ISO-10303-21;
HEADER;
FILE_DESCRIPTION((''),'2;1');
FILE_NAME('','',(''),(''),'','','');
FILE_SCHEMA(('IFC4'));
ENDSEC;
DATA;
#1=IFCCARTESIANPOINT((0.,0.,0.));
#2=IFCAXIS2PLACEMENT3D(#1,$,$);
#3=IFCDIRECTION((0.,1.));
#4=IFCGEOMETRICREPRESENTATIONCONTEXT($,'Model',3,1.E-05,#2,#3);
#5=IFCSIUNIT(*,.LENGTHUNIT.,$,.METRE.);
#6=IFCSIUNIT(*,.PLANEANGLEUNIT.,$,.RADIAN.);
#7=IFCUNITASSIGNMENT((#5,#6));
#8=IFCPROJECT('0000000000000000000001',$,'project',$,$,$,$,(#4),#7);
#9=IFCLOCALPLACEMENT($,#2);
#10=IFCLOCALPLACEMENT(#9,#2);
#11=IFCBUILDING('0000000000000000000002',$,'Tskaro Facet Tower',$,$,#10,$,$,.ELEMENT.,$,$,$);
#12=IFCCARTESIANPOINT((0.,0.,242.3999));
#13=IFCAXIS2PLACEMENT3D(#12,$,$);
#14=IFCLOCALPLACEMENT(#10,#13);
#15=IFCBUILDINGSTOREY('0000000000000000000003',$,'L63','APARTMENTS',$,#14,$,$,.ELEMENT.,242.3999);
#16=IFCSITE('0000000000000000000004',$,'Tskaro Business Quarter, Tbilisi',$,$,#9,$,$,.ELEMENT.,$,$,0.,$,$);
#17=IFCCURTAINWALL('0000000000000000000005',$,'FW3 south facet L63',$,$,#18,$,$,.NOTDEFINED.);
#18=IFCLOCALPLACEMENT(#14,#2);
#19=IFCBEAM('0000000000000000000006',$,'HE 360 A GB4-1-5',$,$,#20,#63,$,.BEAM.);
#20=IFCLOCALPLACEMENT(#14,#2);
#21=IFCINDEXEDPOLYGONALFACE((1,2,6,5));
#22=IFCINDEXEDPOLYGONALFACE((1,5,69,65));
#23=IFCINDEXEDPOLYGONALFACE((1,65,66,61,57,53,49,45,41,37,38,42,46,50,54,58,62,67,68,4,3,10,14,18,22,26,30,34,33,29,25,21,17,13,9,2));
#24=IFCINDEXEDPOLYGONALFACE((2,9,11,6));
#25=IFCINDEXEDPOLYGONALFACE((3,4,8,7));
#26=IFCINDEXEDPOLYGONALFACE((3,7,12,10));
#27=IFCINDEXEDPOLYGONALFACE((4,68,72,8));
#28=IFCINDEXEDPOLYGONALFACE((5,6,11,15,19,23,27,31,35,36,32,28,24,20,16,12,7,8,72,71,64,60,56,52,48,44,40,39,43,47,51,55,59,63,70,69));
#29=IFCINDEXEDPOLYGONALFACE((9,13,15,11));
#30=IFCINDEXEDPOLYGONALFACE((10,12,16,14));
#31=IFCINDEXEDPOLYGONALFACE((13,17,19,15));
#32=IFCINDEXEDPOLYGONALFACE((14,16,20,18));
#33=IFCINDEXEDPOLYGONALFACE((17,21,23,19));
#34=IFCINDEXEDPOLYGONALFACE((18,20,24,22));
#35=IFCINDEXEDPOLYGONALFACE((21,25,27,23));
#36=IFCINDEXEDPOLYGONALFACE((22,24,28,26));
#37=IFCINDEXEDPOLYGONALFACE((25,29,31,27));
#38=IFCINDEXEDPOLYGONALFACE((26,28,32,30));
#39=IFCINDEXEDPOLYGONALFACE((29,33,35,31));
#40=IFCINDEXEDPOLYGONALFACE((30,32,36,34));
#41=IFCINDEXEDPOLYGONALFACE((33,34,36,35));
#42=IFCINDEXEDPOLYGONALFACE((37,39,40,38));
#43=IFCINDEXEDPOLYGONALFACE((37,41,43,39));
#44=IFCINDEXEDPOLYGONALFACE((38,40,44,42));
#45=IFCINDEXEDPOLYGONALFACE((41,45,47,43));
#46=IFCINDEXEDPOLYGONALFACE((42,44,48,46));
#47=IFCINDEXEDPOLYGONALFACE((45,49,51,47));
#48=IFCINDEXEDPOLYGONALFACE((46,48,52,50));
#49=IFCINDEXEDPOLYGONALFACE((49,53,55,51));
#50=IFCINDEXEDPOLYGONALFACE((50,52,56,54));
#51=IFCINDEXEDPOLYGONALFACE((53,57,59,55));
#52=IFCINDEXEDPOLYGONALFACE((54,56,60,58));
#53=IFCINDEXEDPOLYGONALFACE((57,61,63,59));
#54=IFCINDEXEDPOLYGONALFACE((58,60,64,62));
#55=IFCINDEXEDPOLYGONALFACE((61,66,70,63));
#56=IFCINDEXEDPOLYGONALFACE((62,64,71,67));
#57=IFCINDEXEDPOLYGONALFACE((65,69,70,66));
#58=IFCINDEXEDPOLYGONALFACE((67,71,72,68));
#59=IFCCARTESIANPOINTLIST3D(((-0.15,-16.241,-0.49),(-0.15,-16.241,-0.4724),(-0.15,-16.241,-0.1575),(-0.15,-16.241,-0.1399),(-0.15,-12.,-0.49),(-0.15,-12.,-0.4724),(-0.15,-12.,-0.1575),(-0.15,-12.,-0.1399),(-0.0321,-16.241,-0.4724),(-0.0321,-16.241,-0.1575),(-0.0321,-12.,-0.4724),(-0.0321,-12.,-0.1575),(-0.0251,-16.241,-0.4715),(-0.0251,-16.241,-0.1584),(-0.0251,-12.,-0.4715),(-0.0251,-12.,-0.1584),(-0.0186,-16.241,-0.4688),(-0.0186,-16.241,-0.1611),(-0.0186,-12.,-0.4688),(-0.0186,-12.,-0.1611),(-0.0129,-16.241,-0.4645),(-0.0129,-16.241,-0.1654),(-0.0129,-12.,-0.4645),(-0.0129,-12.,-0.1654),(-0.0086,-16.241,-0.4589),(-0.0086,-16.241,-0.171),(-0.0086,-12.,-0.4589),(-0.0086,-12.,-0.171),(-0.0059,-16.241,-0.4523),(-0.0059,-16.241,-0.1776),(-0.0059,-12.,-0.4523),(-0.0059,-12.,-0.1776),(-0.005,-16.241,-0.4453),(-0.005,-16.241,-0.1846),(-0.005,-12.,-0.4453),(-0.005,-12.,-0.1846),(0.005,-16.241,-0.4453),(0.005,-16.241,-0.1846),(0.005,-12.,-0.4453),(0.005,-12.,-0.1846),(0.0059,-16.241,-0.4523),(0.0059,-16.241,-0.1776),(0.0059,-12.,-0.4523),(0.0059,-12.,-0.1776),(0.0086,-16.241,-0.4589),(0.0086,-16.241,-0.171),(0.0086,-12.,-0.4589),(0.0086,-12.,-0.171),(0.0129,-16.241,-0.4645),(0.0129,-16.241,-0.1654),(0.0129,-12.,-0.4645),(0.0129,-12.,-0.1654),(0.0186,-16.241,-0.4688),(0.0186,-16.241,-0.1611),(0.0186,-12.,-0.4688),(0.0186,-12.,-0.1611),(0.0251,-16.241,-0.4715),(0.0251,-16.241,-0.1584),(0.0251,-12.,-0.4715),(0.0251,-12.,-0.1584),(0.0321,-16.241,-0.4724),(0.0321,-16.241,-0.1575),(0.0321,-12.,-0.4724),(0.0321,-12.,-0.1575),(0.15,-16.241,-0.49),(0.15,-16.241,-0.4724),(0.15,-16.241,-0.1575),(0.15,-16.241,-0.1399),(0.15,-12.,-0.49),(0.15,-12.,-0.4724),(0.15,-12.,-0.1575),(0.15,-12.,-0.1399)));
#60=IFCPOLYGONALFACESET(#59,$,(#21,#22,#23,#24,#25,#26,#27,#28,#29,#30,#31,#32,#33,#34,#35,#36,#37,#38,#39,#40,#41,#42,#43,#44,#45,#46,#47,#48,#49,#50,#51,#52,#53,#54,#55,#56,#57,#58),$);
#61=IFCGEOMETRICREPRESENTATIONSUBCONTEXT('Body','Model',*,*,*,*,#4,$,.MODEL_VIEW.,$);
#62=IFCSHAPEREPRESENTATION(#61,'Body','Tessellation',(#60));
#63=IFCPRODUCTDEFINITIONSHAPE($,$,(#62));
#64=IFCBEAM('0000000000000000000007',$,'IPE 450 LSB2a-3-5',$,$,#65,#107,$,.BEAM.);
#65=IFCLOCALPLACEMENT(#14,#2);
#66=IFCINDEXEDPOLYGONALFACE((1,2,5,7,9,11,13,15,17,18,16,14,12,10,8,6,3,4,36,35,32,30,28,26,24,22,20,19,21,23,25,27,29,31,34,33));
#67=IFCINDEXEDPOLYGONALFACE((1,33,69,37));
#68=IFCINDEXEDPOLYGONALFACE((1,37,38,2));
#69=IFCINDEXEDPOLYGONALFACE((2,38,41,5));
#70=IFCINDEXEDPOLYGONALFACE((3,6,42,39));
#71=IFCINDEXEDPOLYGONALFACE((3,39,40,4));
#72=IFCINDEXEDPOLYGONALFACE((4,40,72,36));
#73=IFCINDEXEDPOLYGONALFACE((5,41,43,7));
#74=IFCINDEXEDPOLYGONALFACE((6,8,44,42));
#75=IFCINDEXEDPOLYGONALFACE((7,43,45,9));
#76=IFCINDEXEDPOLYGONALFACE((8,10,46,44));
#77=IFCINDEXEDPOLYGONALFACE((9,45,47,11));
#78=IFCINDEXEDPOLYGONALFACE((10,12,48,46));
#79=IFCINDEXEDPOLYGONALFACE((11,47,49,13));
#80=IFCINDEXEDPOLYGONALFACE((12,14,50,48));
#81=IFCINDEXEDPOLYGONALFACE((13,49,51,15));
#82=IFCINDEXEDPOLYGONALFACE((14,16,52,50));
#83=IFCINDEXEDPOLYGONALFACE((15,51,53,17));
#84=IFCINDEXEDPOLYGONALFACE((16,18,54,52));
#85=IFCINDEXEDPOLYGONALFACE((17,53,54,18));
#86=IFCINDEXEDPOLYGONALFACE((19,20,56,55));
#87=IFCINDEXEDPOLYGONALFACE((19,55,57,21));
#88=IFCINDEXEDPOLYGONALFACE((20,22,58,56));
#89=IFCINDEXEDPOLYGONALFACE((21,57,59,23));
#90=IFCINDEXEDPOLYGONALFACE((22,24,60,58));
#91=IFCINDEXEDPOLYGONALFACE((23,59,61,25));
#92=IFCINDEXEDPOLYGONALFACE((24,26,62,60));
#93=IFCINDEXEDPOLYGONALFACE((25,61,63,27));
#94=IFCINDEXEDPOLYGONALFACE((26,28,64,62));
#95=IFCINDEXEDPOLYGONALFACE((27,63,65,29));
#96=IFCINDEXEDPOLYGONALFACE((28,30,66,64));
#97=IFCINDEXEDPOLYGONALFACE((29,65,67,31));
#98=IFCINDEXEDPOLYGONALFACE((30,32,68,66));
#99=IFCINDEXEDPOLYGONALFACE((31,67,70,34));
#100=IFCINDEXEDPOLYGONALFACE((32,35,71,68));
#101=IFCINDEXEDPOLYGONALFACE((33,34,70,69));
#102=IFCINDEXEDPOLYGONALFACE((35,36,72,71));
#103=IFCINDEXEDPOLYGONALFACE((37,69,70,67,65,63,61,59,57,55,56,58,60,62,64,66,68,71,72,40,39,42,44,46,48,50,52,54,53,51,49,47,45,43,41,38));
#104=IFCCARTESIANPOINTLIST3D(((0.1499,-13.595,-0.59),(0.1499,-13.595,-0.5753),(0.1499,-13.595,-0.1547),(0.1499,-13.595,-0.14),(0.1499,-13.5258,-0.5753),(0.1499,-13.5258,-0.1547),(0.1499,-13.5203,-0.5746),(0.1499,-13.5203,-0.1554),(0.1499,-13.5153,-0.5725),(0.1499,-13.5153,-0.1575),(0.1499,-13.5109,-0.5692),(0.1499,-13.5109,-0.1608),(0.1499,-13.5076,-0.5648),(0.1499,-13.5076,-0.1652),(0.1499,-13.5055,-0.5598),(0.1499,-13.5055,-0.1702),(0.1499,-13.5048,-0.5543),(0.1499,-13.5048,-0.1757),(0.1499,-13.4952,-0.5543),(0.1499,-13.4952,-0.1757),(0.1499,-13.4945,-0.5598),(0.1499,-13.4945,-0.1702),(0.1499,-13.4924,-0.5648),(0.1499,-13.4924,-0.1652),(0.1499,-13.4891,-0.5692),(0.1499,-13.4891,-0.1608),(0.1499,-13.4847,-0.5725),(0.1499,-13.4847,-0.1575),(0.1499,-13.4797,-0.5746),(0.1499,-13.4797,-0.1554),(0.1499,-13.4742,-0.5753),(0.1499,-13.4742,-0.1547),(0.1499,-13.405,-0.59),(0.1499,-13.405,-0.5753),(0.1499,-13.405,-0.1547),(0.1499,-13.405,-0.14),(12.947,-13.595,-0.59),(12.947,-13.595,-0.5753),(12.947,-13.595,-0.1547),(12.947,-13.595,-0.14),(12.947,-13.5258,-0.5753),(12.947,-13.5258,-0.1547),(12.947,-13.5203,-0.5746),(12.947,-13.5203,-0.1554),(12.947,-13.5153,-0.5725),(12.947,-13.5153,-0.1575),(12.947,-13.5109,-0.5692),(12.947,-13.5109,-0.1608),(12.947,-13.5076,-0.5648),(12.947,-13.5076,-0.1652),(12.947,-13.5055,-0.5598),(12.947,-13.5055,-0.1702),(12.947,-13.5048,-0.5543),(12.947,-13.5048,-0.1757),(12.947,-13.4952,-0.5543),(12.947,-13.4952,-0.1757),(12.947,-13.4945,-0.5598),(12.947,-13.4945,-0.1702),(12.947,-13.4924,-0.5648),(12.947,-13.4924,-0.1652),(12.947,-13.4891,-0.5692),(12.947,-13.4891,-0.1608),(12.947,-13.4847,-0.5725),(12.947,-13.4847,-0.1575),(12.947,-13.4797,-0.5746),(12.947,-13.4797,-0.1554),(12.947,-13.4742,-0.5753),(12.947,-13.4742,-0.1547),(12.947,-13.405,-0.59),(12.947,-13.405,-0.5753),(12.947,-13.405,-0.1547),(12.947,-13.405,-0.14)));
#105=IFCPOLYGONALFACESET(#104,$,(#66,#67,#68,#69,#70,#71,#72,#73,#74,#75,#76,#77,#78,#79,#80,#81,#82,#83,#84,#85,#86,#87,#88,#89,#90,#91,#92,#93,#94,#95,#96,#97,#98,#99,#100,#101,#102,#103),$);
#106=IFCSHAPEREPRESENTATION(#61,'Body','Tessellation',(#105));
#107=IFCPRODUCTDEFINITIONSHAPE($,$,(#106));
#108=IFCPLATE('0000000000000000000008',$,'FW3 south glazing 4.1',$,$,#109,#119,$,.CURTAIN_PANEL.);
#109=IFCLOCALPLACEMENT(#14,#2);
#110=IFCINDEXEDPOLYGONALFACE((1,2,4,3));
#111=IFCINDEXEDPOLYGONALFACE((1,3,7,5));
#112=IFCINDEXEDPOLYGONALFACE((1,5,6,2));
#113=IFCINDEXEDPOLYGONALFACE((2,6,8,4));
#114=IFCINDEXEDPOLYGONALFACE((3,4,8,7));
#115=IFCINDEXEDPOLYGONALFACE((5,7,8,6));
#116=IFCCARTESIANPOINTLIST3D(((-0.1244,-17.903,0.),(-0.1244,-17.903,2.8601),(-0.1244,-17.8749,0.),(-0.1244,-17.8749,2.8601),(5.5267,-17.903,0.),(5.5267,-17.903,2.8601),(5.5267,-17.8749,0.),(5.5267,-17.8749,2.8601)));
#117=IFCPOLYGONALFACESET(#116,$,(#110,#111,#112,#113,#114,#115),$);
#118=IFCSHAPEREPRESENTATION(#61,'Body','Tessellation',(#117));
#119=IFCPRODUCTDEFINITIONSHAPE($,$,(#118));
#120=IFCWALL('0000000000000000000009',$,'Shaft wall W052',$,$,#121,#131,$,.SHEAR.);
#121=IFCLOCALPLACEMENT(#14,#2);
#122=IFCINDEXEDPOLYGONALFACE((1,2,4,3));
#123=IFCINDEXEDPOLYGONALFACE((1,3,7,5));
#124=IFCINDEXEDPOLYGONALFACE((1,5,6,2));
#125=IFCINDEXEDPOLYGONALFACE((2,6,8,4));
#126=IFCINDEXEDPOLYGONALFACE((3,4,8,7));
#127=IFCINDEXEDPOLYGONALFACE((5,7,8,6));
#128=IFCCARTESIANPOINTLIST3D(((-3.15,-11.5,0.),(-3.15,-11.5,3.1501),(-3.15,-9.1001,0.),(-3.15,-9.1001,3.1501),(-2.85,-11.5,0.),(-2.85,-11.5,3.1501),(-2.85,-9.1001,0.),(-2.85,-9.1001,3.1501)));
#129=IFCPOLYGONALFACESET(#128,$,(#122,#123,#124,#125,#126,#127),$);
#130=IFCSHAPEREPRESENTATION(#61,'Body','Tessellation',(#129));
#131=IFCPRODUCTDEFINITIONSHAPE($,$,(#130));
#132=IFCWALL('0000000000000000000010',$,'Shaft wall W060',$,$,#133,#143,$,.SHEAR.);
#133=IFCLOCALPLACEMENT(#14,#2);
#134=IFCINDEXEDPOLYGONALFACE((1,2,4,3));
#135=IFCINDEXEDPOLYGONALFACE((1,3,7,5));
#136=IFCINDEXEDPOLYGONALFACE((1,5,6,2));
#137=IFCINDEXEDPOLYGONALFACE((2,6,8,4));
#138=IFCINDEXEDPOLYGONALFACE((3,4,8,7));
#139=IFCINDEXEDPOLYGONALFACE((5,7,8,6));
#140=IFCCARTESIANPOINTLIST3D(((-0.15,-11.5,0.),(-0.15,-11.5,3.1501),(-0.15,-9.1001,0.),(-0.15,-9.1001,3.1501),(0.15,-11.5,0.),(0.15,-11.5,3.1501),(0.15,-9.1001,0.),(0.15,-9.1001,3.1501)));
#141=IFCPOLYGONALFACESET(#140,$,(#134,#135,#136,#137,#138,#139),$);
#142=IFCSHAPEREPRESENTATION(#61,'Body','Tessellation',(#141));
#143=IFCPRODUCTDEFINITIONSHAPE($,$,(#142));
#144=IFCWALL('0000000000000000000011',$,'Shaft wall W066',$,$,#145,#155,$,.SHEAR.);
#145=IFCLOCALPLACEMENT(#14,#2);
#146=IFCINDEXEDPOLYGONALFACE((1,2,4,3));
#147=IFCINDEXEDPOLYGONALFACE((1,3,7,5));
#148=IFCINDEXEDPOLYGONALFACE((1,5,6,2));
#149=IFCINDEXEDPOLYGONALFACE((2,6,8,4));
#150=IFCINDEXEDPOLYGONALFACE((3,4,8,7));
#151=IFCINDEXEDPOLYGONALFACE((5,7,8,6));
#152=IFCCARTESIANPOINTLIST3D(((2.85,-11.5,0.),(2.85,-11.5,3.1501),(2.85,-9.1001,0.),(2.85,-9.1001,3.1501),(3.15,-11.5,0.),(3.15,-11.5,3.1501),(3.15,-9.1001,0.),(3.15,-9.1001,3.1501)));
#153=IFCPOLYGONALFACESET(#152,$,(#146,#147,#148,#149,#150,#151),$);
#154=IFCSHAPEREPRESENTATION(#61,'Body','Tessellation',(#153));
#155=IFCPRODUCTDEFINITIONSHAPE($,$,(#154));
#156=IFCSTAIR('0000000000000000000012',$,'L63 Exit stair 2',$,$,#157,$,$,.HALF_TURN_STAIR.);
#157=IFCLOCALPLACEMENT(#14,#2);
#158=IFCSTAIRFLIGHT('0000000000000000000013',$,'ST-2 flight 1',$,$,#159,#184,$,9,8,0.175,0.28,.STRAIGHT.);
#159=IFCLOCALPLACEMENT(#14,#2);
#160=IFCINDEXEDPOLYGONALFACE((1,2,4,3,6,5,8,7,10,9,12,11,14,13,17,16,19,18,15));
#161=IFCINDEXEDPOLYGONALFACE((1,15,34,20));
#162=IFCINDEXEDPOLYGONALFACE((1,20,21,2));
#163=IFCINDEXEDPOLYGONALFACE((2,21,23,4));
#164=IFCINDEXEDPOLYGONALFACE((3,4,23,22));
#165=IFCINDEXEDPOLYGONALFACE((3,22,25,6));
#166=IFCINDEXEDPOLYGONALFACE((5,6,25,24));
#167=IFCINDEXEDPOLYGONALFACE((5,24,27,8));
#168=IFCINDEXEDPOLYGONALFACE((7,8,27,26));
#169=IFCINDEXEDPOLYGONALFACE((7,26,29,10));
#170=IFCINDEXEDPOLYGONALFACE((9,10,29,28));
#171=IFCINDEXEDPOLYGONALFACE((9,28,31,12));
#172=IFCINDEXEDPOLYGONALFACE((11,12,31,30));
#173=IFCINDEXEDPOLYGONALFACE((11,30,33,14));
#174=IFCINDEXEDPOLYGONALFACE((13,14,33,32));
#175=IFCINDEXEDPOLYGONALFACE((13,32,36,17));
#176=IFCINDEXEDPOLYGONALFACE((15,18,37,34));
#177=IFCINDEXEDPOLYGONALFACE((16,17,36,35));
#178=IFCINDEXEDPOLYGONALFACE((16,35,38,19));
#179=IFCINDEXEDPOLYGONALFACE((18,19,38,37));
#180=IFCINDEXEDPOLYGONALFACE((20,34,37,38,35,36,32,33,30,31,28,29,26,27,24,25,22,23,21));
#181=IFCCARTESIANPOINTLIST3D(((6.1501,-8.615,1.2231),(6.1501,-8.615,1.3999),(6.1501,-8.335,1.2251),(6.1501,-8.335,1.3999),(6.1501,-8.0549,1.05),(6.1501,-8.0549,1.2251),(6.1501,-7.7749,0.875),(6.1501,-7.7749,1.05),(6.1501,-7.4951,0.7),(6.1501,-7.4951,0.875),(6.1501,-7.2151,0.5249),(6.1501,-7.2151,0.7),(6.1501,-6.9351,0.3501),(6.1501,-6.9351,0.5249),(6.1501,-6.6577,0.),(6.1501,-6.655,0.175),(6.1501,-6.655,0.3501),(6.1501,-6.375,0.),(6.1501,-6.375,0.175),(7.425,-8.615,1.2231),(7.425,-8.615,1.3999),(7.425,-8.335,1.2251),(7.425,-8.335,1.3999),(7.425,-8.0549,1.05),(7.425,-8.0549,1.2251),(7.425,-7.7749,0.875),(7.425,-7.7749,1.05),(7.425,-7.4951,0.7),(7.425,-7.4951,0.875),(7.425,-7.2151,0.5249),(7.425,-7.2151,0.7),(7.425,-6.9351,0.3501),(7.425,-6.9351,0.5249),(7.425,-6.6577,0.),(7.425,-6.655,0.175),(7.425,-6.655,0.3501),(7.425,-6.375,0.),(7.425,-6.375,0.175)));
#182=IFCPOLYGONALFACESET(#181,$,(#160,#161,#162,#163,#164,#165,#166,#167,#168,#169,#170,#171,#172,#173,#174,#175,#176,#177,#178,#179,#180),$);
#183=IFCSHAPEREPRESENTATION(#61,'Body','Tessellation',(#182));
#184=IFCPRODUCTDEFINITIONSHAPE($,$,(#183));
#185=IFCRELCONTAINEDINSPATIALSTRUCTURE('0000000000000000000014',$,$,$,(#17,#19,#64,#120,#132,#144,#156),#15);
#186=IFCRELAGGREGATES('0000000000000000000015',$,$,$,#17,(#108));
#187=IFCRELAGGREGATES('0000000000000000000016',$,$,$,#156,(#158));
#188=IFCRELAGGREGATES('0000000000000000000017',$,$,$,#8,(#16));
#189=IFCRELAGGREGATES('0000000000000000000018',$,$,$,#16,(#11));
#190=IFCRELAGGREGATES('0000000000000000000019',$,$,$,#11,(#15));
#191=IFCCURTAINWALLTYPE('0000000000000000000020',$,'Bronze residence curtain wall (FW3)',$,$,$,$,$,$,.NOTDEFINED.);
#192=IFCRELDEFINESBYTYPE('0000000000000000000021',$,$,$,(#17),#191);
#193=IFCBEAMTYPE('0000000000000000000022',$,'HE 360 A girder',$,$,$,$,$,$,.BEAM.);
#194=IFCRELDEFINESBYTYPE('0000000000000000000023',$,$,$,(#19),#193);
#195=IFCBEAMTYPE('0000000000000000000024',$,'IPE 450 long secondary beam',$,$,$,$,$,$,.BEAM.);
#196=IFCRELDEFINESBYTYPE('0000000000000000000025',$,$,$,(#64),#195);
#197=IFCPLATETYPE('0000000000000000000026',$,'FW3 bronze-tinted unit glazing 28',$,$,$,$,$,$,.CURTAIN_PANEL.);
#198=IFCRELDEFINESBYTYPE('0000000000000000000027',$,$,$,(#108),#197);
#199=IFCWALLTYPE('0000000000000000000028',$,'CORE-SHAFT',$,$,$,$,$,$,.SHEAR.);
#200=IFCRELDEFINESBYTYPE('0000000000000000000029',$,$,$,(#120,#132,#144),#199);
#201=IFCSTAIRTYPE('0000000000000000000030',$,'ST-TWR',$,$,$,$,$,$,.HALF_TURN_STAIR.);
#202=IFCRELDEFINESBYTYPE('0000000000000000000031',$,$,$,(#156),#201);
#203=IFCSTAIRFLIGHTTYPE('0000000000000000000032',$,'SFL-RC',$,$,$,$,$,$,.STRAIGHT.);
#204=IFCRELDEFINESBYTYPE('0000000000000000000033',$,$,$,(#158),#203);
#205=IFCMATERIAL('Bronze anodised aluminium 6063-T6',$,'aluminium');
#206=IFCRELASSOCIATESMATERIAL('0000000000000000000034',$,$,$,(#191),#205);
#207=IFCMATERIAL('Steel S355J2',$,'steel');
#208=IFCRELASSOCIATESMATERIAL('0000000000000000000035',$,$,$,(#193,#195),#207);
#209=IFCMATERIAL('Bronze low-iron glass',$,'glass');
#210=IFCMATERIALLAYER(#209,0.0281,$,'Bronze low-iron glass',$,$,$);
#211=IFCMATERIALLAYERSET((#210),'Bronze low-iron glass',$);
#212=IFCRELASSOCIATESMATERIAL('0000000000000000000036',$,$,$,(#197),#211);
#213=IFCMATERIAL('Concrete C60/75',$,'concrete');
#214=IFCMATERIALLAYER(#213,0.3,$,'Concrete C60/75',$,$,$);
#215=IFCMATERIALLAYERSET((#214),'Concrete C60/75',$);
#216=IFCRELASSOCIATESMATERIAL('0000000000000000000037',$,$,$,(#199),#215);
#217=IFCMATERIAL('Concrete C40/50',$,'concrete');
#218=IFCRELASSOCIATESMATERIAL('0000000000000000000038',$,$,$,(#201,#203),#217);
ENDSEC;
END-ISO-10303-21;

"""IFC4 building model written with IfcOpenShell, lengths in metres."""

from ifc_helpers import new_model, si_unit, direction, frame, frame_2d, origin, origin_2d, place, context, subcontext, project, spatial, polyline, rectangle, i_section, outline, extrude, material, layer, layer_set, material_profile, profile_set, type_object, element, aggregate, save


model = new_model("IFC4")

# Units and contexts
model_context = context("Model", 3, precision=1e-05, world=origin(), true_north=direction((0.0, 1.0)))
body_context = subcontext(model_context, "Body", "Model", "MODEL_VIEW")
ifc_project = project(units=[si_unit("LENGTHUNIT", "METRE"), si_unit("PLANEANGLEUNIT", "RADIAN")], contexts=[model_context])

# Site, building, storey
site_placement = place(None, origin())
site = spatial("IfcSite", under=ifc_project, at=site_placement, Name="Tskaro Business Quarter, Tbilisi", CompositionType="ELEMENT", RefElevation=0.0)
building_placement = place(site_placement, origin())
building = spatial("IfcBuilding", under=site, at=building_placement, Name="Tskaro Facet Tower", CompositionType="ELEMENT")
storey_placement = place(building_placement, frame((0.0, 0.0, 242.3999)))
storey = spatial("IfcBuildingStorey", under=building, at=storey_placement, Name="L63", Description="APARTMENTS", CompositionType="ELEMENT", Elevation=242.3999)

# Curtain wall
ifc_material_1 = material(Name="Bronze anodised aluminium 6063-T6", Category="aluminium")
curtain_wall_type = type_object("IfcCurtainWallType", Name="Bronze residence curtain wall (FW3)", PredefinedType="NOTDEFINED", material=ifc_material_1)
curtain_wall_placement = place(storey_placement, origin())
curtain_wall = element("IfcCurtainWall", 1, at=curtain_wall_placement, inside=storey, type_object=curtain_wall_type, Name="FW3 south facet L63", PredefinedType="NOTDEFINED")

# Beams
ifc_material_2 = material(Name="Steel S355J2", Category="steel")
ifc_material_profile_1 = material_profile(ifc_material_2, i_section(OverallWidth=0.3, OverallDepth=0.3501, WebThickness=0.01, FlangeThickness=0.0176, FilletRadius=0.0271, at=origin_2d()), Name="HE 360 A")
ifc_profile_set_1 = profile_set([ifc_material_profile_1], Name="Steel S355J2")
beam_type_1 = type_object("IfcBeamType", Name="HE 360 A girder", PredefinedType="BEAM", material=ifc_profile_set_1)
beam_1_placement = place(storey_placement, frame((0.0, -16.241, -0.3149), z_axis=(0.0, 1.0, 0.0), x_axis=(-1.0, 0.0, 0.0)))
element("IfcBeam", 2, at=beam_1_placement, inside=storey, type_object=beam_type_1, Name="HE 360 A GB4-1-5", PredefinedType="BEAM", context=body_context, shape_type="SweptSolid", body=[
    extrude(i_section(OverallWidth=0.3, OverallDepth=0.3501, WebThickness=0.01, FlangeThickness=0.0176, FilletRadius=0.0271, at=origin_2d()), origin(), (0.0, 0.0, 1.0), 4.241),
])
ifc_material_profile_2 = material_profile(ifc_material_2, i_section(OverallWidth=0.1899, OverallDepth=0.45, WebThickness=0.0095, FlangeThickness=0.0146, FilletRadius=0.021, at=origin_2d()), Name="IPE 450")
ifc_profile_set_2 = profile_set([ifc_material_profile_2], Name="Steel S355J2")
beam_type_2 = type_object("IfcBeamType", Name="IPE 450 long secondary beam", PredefinedType="BEAM", material=ifc_profile_set_2)
beam_2_placement = place(storey_placement, frame((0.1499, -13.5, -0.365), z_axis=(1.0, 0.0, 0.0), x_axis=(0.0, 1.0, 0.0)))
element("IfcBeam", 3, at=beam_2_placement, inside=storey, type_object=beam_type_2, Name="IPE 450 LSB2a-3-5", PredefinedType="BEAM", context=body_context, shape_type="SweptSolid", body=[
    extrude(i_section(OverallWidth=0.1899, OverallDepth=0.45, WebThickness=0.0095, FlangeThickness=0.0146, FilletRadius=0.021, at=origin_2d()), origin(), (0.0, 0.0, 1.0), 12.7971),
])

# Plate
ifc_material_3 = material(Name="Bronze low-iron glass", Category="glass")
ifc_layer_1 = layer(ifc_material_3, 0.0281, Name="Bronze low-iron glass")
ifc_layer_set_1 = layer_set([ifc_layer_1], Name="Bronze low-iron glass")
plate_type = type_object("IfcPlateType", Name="FW3 bronze-tinted unit glazing 28", PredefinedType="CURTAIN_PANEL", material=ifc_layer_set_1)
plate_placement = place(storey_placement, frame((2.7012, -17.8889, 0.0), z_axis=(0.0, 0.0, 1.0), x_axis=(1.0, 0.0, 0.0)))
plate = element("IfcPlate", 4, at=plate_placement, type_object=plate_type, Name="FW3 south glazing 4.1", PredefinedType="CURTAIN_PANEL", context=body_context, shape_type="SweptSolid", body=[
    extrude(rectangle(XDim=5.6511, YDim=0.0281, at=origin_2d()), origin(), (0.0, 0.0, 1.0), 2.8601),
])
aggregate(curtain_wall, [plate])

# Walls
ifc_material_4 = material(Name="Concrete C60/75", Category="concrete")
ifc_layer_2 = layer(ifc_material_4, 0.3, Name="Concrete C60/75")
ifc_layer_set_2 = layer_set([ifc_layer_2], Name="Concrete C60/75")
wall_type = type_object("IfcWallType", Name="CORE-SHAFT", PredefinedType="SHEAR", material=ifc_layer_set_2)
for number, where, z_axis, x_axis, name in (
    (5, (-3.0, -11.5, 0.0), (0.0, 0.0, 1.0), (0.0, 1.0, 0.0), "Shaft wall W052"),
    (6, (0.0, -11.5, 0.0), (0.0, 0.0, 1.0), (0.0, 1.0, 0.0), "Shaft wall W060"),
    (7, (3.0, -11.5, 0.0), (0.0, 0.0, 1.0), (0.0, 1.0, 0.0), "Shaft wall W066"),
):
    element("IfcWall", number, at=place(storey_placement, frame(where, z_axis=z_axis, x_axis=x_axis)), inside=storey, type_object=wall_type, Name=name, PredefinedType="SHEAR", context=body_context, shape_type="SweptSolid", body=[
        extrude(rectangle(XDim=2.3999, YDim=0.3, at=frame_2d((1.2, 0.0))), origin(), (0.0, 0.0, 1.0), 3.1501),
    ])

# Stair, stair flight
ifc_material_5 = material(Name="Concrete C40/50", Category="concrete")
stair_type = type_object("IfcStairType", Name="ST-TWR", PredefinedType="HALF_TURN_STAIR", material=ifc_material_5)
stair_placement = place(storey_placement, origin())
stair = element("IfcStair", 8, at=stair_placement, inside=storey, type_object=stair_type, Name="L63 Exit stair 2", PredefinedType="HALF_TURN_STAIR")
stair_flight_type = type_object("IfcStairFlightType", Name="SFL-RC", PredefinedType="STRAIGHT", material=ifc_material_5)
stair_flight_placement = place(storey_placement, frame((6.7876, -6.375, 0.0), z_axis=(0.0, 0.0, 1.0), x_axis=(0.0, -1.0, 0.0)))
stair_flight = element("IfcStairFlight", 9, at=stair_flight_placement, type_object=stair_flight_type, Name="ST-2 flight 1", NumberOfRisers=9, NumberOfTreads=8, PredefinedType="STRAIGHT", RiserHeight=0.175, TreadLength=0.28, context=body_context, shape_type="SweptSolid", body=[
    extrude(outline(polyline([(0.0, 0.0), (0.0, 0.175), (0.28, 0.175), (0.28, 0.3501), (0.5601, 0.3501), (0.5601, 0.5249), (0.8401, 0.5249), (0.8401, 0.7), (1.1201, 0.7), (1.1201, 0.875), (1.3999, 0.875), (1.3999, 1.05), (1.6799, 1.05), (1.6799, 1.2251), (1.96, 1.2251), (1.96, 1.3999), (2.24, 1.3999), (2.24, 1.575), (2.24, 1.2231), (0.2827, 0.0), (0.0, 0.0)])), frame((0.0, 0.6375, 0.0), z_axis=(0.0, -1.0, 0.0), x_axis=(1.0, 0.0, 0.0)), (0.0, 0.0, 1.0), 1.2749),
])
aggregate(stair, [stair_flight])

save(model, "model.ifc")
